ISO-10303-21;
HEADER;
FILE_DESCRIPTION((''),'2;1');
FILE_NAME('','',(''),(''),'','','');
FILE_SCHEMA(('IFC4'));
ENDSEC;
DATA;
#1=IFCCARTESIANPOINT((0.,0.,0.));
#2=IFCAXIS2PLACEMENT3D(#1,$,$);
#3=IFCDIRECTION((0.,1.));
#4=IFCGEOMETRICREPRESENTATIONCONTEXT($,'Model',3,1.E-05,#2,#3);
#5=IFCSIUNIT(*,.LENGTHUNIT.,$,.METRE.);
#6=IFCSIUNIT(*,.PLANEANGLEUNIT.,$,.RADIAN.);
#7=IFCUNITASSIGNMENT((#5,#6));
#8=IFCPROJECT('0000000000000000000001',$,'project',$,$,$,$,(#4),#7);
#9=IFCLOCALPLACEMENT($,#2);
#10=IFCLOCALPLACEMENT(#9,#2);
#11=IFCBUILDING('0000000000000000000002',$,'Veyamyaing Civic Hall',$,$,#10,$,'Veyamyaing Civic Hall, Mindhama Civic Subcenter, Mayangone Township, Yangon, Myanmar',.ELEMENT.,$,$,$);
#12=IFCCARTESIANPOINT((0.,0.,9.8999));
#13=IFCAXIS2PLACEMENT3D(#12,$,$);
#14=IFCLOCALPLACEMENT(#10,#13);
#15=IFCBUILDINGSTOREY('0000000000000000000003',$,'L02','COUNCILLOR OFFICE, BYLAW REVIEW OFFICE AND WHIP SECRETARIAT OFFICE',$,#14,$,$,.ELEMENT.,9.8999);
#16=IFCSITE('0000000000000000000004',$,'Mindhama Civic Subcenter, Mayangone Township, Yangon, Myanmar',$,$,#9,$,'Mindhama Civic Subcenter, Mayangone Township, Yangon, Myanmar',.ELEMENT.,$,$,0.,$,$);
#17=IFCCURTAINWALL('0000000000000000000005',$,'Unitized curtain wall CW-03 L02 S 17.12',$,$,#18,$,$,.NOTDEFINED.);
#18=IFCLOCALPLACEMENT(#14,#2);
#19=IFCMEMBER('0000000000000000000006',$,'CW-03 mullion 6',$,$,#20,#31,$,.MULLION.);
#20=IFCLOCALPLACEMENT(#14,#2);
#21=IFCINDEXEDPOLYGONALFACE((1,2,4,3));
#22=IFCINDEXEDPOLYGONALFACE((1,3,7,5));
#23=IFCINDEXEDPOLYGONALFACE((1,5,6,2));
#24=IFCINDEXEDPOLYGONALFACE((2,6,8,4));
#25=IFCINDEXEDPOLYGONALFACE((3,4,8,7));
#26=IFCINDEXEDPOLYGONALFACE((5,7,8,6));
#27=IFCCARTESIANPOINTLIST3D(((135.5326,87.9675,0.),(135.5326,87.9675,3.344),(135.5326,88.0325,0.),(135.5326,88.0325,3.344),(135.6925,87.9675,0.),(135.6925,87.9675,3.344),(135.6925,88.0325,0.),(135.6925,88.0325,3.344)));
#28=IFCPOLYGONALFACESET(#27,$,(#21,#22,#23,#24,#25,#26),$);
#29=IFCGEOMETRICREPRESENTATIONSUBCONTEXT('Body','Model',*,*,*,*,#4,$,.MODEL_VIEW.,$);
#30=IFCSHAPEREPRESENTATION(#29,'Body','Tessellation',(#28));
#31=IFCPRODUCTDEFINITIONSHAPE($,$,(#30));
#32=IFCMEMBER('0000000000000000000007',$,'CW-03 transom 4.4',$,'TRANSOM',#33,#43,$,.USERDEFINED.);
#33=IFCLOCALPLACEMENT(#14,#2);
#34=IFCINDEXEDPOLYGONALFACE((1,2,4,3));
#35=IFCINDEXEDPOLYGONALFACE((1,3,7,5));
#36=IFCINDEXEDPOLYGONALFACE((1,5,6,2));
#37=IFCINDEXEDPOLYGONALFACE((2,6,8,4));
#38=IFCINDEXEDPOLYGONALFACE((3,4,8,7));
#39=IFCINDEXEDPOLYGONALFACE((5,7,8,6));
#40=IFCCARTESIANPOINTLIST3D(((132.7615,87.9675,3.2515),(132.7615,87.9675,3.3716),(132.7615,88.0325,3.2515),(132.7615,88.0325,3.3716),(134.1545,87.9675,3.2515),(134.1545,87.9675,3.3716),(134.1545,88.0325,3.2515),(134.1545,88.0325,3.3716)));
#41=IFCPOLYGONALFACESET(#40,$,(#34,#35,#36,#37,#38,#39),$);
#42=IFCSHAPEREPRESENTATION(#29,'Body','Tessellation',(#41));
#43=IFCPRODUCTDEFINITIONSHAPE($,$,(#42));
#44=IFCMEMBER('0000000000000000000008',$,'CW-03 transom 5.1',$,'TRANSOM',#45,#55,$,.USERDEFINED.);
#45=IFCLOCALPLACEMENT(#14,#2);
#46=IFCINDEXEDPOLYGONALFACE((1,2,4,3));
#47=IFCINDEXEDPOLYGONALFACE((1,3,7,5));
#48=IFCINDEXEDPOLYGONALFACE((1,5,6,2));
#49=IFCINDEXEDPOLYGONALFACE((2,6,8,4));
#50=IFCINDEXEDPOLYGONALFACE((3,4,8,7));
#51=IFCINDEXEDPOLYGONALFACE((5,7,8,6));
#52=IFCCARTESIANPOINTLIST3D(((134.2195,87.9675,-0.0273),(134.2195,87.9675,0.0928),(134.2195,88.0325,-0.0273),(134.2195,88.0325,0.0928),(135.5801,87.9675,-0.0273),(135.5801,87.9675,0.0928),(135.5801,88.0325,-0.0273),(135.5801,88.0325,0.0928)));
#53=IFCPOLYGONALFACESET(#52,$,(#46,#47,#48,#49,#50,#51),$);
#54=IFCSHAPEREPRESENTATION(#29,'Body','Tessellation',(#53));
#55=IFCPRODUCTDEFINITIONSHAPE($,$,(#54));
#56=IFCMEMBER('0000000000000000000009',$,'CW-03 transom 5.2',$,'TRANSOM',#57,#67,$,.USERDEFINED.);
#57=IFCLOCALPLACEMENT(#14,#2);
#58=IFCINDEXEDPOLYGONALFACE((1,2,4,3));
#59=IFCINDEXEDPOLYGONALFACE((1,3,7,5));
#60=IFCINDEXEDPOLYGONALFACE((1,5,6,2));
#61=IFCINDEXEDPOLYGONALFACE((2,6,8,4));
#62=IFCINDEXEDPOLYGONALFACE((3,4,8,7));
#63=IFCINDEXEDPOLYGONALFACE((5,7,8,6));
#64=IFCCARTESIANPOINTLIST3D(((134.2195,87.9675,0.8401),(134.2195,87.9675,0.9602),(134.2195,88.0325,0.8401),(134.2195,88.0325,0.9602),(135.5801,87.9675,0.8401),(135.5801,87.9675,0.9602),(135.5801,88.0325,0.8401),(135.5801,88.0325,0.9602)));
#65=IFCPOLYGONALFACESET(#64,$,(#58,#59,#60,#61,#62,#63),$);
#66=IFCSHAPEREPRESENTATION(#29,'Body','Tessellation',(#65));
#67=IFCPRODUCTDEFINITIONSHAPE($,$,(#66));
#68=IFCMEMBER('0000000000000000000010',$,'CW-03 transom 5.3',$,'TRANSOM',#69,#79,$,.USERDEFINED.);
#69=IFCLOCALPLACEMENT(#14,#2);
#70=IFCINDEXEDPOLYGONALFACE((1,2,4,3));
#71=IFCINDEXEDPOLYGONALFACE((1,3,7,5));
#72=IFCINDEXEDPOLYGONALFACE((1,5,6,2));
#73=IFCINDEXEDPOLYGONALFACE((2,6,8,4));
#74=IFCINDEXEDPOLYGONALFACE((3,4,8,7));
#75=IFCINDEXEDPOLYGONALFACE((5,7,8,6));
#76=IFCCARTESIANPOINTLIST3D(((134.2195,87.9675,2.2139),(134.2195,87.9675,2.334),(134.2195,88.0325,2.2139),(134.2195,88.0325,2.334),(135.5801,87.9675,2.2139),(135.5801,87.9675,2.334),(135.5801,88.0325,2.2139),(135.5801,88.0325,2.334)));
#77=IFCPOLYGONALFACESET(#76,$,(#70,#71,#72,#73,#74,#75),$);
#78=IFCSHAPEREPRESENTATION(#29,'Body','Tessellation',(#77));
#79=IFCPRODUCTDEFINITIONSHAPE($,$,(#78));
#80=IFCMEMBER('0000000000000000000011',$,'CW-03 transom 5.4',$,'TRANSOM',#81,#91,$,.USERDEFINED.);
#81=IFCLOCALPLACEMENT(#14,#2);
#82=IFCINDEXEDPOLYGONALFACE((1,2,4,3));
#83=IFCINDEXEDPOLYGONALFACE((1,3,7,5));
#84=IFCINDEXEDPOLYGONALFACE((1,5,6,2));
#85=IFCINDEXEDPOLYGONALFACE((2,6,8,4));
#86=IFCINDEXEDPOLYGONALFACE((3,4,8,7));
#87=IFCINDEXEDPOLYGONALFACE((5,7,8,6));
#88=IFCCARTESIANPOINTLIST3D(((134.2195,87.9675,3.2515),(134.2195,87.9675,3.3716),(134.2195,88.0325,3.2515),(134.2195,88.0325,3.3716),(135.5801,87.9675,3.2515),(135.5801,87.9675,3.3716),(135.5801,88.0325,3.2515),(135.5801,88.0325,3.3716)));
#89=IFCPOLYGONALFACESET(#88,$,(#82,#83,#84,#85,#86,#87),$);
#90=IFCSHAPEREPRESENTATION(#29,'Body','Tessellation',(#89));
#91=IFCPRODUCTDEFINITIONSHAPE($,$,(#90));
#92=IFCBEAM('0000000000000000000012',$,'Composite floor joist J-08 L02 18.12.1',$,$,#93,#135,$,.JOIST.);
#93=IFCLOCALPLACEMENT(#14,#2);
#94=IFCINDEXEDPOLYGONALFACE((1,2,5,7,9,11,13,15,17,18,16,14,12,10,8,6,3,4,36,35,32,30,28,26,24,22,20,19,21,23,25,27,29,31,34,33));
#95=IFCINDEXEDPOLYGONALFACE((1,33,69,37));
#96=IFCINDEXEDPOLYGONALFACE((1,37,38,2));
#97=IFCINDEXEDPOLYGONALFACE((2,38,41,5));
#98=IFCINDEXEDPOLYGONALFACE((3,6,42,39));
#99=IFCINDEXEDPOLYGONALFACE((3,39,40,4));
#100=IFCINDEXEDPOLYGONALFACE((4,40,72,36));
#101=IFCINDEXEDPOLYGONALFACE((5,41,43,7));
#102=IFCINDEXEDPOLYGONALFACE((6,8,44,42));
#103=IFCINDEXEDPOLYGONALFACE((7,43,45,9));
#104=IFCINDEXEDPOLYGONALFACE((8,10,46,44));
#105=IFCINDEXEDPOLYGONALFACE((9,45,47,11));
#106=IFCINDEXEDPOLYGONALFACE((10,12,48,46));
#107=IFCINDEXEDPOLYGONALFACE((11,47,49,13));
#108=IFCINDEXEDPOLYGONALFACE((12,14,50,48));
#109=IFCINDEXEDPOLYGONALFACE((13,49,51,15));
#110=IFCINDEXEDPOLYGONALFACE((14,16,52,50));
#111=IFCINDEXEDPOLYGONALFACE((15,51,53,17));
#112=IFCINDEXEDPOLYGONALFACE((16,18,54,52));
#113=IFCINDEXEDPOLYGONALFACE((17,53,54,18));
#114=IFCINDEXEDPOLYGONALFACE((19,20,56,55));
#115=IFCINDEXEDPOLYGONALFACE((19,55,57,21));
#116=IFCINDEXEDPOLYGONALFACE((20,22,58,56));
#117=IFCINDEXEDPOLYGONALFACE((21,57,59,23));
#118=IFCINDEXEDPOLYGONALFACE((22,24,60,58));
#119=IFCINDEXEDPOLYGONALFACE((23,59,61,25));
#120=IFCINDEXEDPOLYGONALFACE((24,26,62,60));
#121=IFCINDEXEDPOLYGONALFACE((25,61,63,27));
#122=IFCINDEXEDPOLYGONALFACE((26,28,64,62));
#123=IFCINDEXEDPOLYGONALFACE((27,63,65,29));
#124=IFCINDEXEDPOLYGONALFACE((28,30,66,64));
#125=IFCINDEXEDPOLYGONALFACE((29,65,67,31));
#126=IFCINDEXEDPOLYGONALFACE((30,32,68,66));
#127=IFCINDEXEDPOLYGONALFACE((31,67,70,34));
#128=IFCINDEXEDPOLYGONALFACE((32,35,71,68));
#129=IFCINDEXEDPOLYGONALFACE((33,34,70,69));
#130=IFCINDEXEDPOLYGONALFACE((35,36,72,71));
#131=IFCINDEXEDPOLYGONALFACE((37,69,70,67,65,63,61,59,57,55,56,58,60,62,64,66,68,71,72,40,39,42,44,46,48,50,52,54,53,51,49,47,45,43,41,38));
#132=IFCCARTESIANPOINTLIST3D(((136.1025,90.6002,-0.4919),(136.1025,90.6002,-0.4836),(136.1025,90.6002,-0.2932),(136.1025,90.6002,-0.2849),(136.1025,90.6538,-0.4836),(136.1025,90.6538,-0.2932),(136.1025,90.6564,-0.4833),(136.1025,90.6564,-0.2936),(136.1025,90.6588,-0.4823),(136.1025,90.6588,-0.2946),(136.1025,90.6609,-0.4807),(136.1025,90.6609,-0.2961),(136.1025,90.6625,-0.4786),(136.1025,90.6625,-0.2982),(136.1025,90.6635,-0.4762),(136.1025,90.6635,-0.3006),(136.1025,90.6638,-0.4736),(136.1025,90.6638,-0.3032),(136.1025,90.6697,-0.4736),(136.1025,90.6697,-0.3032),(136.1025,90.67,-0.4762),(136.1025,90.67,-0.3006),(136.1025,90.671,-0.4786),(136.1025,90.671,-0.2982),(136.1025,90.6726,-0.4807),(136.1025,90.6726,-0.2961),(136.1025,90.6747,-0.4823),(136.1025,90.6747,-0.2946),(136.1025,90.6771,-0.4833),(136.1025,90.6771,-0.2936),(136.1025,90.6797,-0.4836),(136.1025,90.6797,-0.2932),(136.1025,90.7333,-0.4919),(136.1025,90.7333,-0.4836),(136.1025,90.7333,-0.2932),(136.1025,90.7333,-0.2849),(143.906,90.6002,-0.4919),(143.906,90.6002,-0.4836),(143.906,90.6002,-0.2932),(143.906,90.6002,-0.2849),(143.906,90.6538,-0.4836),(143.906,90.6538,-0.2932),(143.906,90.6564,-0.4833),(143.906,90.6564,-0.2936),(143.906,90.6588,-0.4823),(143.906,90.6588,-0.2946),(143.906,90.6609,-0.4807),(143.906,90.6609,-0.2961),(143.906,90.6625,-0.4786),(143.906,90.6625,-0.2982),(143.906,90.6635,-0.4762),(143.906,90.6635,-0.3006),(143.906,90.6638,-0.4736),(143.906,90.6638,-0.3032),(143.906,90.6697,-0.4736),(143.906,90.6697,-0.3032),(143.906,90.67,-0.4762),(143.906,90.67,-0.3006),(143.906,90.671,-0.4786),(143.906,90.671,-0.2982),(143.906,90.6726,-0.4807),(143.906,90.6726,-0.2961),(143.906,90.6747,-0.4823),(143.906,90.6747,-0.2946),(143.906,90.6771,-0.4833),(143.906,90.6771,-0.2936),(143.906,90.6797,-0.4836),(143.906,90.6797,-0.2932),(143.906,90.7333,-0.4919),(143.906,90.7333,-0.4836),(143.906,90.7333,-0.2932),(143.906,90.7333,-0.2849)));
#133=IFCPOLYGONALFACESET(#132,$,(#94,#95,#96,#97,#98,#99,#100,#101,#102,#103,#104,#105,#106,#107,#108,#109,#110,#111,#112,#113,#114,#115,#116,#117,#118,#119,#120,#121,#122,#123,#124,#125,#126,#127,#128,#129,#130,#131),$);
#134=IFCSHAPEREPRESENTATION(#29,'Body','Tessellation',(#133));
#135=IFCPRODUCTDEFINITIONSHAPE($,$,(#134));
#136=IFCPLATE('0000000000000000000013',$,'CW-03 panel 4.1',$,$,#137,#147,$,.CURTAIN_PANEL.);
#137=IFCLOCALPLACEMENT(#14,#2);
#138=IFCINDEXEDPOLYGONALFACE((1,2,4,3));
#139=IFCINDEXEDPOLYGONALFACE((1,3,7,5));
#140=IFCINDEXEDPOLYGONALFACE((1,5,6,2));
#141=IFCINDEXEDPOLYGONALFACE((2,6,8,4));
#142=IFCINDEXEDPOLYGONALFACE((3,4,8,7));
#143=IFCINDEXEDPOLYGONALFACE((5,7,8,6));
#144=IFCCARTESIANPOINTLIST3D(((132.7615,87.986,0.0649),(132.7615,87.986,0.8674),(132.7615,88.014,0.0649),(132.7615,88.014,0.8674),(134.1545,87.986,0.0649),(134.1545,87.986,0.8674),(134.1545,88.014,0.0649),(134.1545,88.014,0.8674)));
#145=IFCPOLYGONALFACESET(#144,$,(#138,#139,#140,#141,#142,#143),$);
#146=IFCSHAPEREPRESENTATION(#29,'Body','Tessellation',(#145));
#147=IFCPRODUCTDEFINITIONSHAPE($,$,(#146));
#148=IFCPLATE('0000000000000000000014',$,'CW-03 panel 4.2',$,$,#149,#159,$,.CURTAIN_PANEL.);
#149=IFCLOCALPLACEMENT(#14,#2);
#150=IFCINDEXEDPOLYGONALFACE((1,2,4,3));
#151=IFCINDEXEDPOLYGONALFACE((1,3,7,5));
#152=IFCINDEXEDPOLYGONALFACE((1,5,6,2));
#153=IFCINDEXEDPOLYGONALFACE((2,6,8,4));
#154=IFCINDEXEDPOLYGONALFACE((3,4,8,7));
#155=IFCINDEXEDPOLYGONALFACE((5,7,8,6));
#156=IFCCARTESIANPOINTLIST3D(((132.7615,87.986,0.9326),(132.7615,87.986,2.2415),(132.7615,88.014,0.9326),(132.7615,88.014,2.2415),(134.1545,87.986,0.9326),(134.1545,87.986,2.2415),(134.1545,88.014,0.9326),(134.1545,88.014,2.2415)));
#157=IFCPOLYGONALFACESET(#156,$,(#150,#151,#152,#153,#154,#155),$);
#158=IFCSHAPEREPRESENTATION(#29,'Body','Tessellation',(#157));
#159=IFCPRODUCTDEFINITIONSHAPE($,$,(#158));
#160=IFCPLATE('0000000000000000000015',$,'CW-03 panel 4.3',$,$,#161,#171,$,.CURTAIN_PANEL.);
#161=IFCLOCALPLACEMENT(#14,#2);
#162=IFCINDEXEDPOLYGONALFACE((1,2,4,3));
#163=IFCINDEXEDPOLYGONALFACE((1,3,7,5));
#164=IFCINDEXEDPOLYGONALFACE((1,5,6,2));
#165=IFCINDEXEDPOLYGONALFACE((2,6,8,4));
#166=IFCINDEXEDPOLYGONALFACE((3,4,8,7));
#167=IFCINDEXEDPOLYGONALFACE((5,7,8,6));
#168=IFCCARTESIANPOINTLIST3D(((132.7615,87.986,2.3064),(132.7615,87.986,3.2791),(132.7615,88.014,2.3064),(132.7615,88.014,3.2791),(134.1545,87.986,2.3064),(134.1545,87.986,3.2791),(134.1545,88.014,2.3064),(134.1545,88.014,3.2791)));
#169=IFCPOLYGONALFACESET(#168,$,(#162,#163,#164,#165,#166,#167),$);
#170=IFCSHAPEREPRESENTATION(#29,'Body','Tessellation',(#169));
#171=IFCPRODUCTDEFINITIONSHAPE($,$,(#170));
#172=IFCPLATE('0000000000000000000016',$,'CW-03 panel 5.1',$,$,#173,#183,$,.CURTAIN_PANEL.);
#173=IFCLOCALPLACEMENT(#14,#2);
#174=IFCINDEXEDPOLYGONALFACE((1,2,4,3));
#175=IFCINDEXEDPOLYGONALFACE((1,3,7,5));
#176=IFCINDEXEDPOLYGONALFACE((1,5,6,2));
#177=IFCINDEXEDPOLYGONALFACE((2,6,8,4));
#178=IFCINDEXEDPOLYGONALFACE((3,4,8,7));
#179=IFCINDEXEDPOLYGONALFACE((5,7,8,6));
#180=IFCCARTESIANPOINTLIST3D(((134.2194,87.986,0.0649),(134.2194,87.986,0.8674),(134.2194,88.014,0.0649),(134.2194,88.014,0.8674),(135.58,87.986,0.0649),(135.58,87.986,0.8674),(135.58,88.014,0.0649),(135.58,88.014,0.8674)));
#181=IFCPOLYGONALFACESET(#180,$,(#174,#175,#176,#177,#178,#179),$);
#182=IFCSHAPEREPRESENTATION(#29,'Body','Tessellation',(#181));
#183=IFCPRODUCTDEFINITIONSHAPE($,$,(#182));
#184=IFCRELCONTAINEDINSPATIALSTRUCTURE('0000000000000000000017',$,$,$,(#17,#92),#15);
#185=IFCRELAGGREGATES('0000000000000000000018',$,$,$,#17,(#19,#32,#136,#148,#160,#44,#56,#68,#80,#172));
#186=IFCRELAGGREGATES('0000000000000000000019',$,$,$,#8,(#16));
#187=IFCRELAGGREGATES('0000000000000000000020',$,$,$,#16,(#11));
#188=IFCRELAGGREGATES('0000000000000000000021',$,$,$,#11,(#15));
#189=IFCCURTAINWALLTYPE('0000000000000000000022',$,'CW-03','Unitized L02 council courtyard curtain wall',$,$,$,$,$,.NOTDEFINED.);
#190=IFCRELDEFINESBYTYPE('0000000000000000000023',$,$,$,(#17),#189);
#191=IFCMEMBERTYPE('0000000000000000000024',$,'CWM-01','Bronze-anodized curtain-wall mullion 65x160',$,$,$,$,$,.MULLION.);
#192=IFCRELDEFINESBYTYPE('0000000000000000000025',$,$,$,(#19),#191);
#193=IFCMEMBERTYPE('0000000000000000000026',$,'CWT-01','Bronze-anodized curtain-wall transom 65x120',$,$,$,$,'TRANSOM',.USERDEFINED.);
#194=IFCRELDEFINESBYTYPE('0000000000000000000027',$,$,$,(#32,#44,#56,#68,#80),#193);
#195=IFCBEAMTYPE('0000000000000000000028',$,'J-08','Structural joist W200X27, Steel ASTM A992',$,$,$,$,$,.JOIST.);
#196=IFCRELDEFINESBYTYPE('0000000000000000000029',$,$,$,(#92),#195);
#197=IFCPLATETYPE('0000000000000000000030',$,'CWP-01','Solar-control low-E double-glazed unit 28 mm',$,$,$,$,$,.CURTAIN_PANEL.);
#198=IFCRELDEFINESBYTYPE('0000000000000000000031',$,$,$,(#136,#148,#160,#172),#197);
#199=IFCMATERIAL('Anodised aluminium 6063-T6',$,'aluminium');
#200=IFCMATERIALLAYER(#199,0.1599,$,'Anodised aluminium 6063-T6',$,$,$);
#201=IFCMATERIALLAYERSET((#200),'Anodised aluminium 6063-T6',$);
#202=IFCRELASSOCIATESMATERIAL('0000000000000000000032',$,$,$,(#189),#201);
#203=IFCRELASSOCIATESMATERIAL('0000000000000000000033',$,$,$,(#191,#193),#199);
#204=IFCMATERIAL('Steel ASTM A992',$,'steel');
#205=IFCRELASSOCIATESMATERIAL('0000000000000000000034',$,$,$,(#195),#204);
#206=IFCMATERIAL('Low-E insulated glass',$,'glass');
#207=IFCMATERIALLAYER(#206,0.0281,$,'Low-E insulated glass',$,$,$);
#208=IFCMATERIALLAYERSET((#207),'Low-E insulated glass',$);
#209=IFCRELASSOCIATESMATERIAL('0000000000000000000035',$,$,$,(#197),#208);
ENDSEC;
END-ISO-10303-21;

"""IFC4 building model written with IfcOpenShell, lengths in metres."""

from ifc_helpers import new_model, si_unit, direction, frame, origin, origin_2d, place, context, subcontext, project, spatial, rectangle, i_section, extrude, material, layer, layer_set, material_profile, profile_set, type_object, element, aggregate, save


model = new_model("IFC4")

# Units and contexts
model_context = context("Model", 3, precision=1e-05, world=origin(), true_north=direction((0.0, 1.0)))
body_context = subcontext(model_context, "Body", "Model", "MODEL_VIEW")
ifc_project = project(units=[si_unit("LENGTHUNIT", "METRE"), si_unit("PLANEANGLEUNIT", "RADIAN")], contexts=[model_context])

# Site, building, storey
site_placement = place(None, origin())
site = spatial("IfcSite", under=ifc_project, at=site_placement, Name="Mindhama Civic Subcenter, Mayangone Township, Yangon, Myanmar", LongName="Mindhama Civic Subcenter, Mayangone Township, Yangon, Myanmar", CompositionType="ELEMENT", RefElevation=0.0)
building_placement = place(site_placement, origin())
building = spatial("IfcBuilding", under=site, at=building_placement, Name="Veyamyaing Civic Hall", LongName="Veyamyaing Civic Hall, Mindhama Civic Subcenter, Mayangone Township, Yangon, Myanmar", CompositionType="ELEMENT")
storey_placement = place(building_placement, frame((0.0, 0.0, 9.8999)))
storey = spatial("IfcBuildingStorey", under=building, at=storey_placement, Name="L02", Description="COUNCILLOR OFFICE, BYLAW REVIEW OFFICE AND WHIP SECRETARIAT OFFICE", CompositionType="ELEMENT", Elevation=9.8999)

# Shared definitions
ifc_material_1 = material(Name="Steel ASTM A992", Category="steel")

# Curtain wall, members
ifc_material_2 = material(Name="Anodised aluminium 6063-T6", Category="aluminium")
ifc_layer_1 = layer(ifc_material_2, 0.1599, Name="Anodised aluminium 6063-T6")
ifc_layer_set_1 = layer_set([ifc_layer_1], Name="Anodised aluminium 6063-T6")
curtain_wall_type = type_object("IfcCurtainWallType", Name="CW-03", Description="Unitized L02 council courtyard curtain wall", PredefinedType="NOTDEFINED", material=ifc_layer_set_1)
curtain_wall_placement = place(storey_placement, origin())
curtain_wall = element("IfcCurtainWall", 1, at=curtain_wall_placement, inside=storey, type_object=curtain_wall_type, Name="Unitized curtain wall CW-03 L02 S 17.12", PredefinedType="NOTDEFINED")
ifc_material_profile_1 = material_profile(ifc_material_2, rectangle(XDim=0.0649, YDim=0.1599, at=origin_2d()), Name="ALU-MUL-65X160")
ifc_profile_set_1 = profile_set([ifc_material_profile_1], Name="Anodised aluminium 6063-T6")
member_type_1 = type_object("IfcMemberType", Name="CWM-01", Description="Bronze-anodized curtain-wall mullion 65x160", PredefinedType="MULLION", material=ifc_profile_set_1)
member_1_placement = place(storey_placement, frame((135.6125, 88.0, 0.0), z_axis=(0.0, 0.0, 1.0), x_axis=(0.0, 1.0, 0.0)))
member_1 = element("IfcMember", 2, at=member_1_placement, type_object=member_type_1, Name="CW-03 mullion 6", PredefinedType="MULLION", context=body_context, shape_type="SweptSolid", body=[
    extrude(rectangle(XDim=0.0649, YDim=0.1599, at=origin_2d()), origin(), (0.0, 0.0, 1.0), 3.344),
])
ifc_material_profile_2 = material_profile(ifc_material_2, rectangle(XDim=0.0649, YDim=0.1201, at=origin_2d()), Name="ALU-TRN-65X120")
ifc_profile_set_2 = profile_set([ifc_material_profile_2], Name="Anodised aluminium 6063-T6")
member_type_2 = type_object("IfcMemberType", Name="CWT-01", Description="Bronze-anodized curtain-wall transom 65x120", ElementType="TRANSOM", PredefinedType="USERDEFINED", material=ifc_profile_set_2)
member_2_placement = place(storey_placement, frame((132.7615, 88.0, 3.3115), z_axis=(1.0, 0.0, 0.0), x_axis=(0.0, 1.0, 0.0)))
member_2 = element("IfcMember", 3, at=member_2_placement, type_object=member_type_2, Name="CW-03 transom 4.4", ObjectType="TRANSOM", PredefinedType="USERDEFINED", context=body_context, shape_type="SweptSolid", body=[
    extrude(rectangle(XDim=0.0649, YDim=0.1201, at=origin_2d()), origin(), (0.0, 0.0, 1.0), 1.3931),
])
member_3_placement = place(storey_placement, frame((134.2195, 88.0, 0.0327), z_axis=(1.0, 0.0, 0.0), x_axis=(0.0, 1.0, 0.0)))
member_3 = element("IfcMember", 4, at=member_3_placement, type_object=member_type_2, Name="CW-03 transom 5.1", ObjectType="TRANSOM", PredefinedType="USERDEFINED", context=body_context, shape_type="SweptSolid", body=[
    extrude(rectangle(XDim=0.0649, YDim=0.1201, at=origin_2d()), origin(), (0.0, 0.0, 1.0), 1.3606),
])
member_4_placement = place(storey_placement, frame((134.2195, 88.0, 0.9001), z_axis=(1.0, 0.0, 0.0), x_axis=(0.0, 1.0, 0.0)))
member_4 = element("IfcMember", 5, at=member_4_placement, type_object=member_type_2, Name="CW-03 transom 5.2", ObjectType="TRANSOM", PredefinedType="USERDEFINED", context=body_context, shape_type="SweptSolid", body=[
    extrude(rectangle(XDim=0.0649, YDim=0.1201, at=origin_2d()), origin(), (0.0, 0.0, 1.0), 1.3606),
])
member_5_placement = place(storey_placement, frame((134.2195, 88.0, 2.2739), z_axis=(1.0, 0.0, 0.0), x_axis=(0.0, 1.0, 0.0)))
member_5 = element("IfcMember", 6, at=member_5_placement, type_object=member_type_2, Name="CW-03 transom 5.3", ObjectType="TRANSOM", PredefinedType="USERDEFINED", context=body_context, shape_type="SweptSolid", body=[
    extrude(rectangle(XDim=0.0649, YDim=0.1201, at=origin_2d()), origin(), (0.0, 0.0, 1.0), 1.3606),
])
member_6_placement = place(storey_placement, frame((134.2195, 88.0, 3.3115), z_axis=(1.0, 0.0, 0.0), x_axis=(0.0, 1.0, 0.0)))
member_6 = element("IfcMember", 7, at=member_6_placement, type_object=member_type_2, Name="CW-03 transom 5.4", ObjectType="TRANSOM", PredefinedType="USERDEFINED", context=body_context, shape_type="SweptSolid", body=[
    extrude(rectangle(XDim=0.0649, YDim=0.1201, at=origin_2d()), origin(), (0.0, 0.0, 1.0), 1.3606),
])

# Beam
ifc_material_profile_3 = material_profile(ifc_material_1, i_section(OverallWidth=0.1331, OverallDepth=0.207, WebThickness=0.0059, FlangeThickness=0.0083, FilletRadius=0.01, at=origin_2d()), Name="W200X27")
ifc_profile_set_3 = profile_set([ifc_material_profile_3], Name="Steel ASTM A992")
beam_type_1 = type_object("IfcBeamType", Name="J-08", Description="Structural joist W200X27, Steel ASTM A992", PredefinedType="JOIST", material=ifc_profile_set_3)
beam_1_placement = place(storey_placement, frame((136.1025, 90.6667, -0.3884), z_axis=(1.0, 0.0, 0.0), x_axis=(0.0, 1.0, 0.0)))
element("IfcBeam", 8, at=beam_1_placement, inside=storey, type_object=beam_type_1, Name="Composite floor joist J-08 L02 18.12.1", PredefinedType="JOIST", context=body_context, shape_type="SweptSolid", body=[
    extrude(i_section(OverallWidth=0.1331, OverallDepth=0.207, WebThickness=0.0059, FlangeThickness=0.0083, FilletRadius=0.01, at=origin_2d()), origin(), (0.0, 0.0, 1.0), 7.8035),
])

# Plates
ifc_material_3 = material(Name="Low-E insulated glass", Category="glass")
ifc_layer_2 = layer(ifc_material_3, 0.0281, Name="Low-E insulated glass")
ifc_layer_set_2 = layer_set([ifc_layer_2], Name="Low-E insulated glass")
plate_type = type_object("IfcPlateType", Name="CWP-01", Description="Solar-control low-E double-glazed unit 28 mm", PredefinedType="CURTAIN_PANEL", material=ifc_layer_set_2)
plate_1_placement = place(storey_placement, frame((133.458, 88.0, 0.0649), z_axis=(0.0, 0.0, 1.0), x_axis=(1.0, 0.0, 0.0)))
plate_1 = element("IfcPlate", 9, at=plate_1_placement, type_object=plate_type, Name="CW-03 panel 4.1", PredefinedType="CURTAIN_PANEL", context=body_context, shape_type="SweptSolid", body=[
    extrude(rectangle(XDim=1.3931, YDim=0.0281, at=origin_2d()), origin(), (0.0, 0.0, 1.0), 0.8025),
])
plate_2_placement = place(storey_placement, frame((133.458, 88.0, 0.9326), z_axis=(0.0, 0.0, 1.0), x_axis=(1.0, 0.0, 0.0)))
plate_2 = element("IfcPlate", 10, at=plate_2_placement, type_object=plate_type, Name="CW-03 panel 4.2", PredefinedType="CURTAIN_PANEL", context=body_context, shape_type="SweptSolid", body=[
    extrude(rectangle(XDim=1.3931, YDim=0.0281, at=origin_2d()), origin(), (0.0, 0.0, 1.0), 1.3088),
])
plate_3_placement = place(storey_placement, frame((133.458, 88.0, 2.3064), z_axis=(0.0, 0.0, 1.0), x_axis=(1.0, 0.0, 0.0)))
plate_3 = element("IfcPlate", 11, at=plate_3_placement, type_object=plate_type, Name="CW-03 panel 4.3", PredefinedType="CURTAIN_PANEL", context=body_context, shape_type="SweptSolid", body=[
    extrude(rectangle(XDim=1.3931, YDim=0.0281, at=origin_2d()), origin(), (0.0, 0.0, 1.0), 0.9727),
])
plate_4_placement = place(storey_placement, frame((134.8997, 88.0, 0.0649), z_axis=(0.0, 0.0, 1.0), x_axis=(1.0, 0.0, 0.0)))
plate_4 = element("IfcPlate", 12, at=plate_4_placement, type_object=plate_type, Name="CW-03 panel 5.1", PredefinedType="CURTAIN_PANEL", context=body_context, shape_type="SweptSolid", body=[
    extrude(rectangle(XDim=1.3606, YDim=0.0281, at=origin_2d()), origin(), (0.0, 0.0, 1.0), 0.8025),
])
aggregate(curtain_wall, [member_1, member_2, plate_1, plate_2, plate_3, member_3, member_4, member_5, member_6, plate_4])

save(model, "model.ifc")
